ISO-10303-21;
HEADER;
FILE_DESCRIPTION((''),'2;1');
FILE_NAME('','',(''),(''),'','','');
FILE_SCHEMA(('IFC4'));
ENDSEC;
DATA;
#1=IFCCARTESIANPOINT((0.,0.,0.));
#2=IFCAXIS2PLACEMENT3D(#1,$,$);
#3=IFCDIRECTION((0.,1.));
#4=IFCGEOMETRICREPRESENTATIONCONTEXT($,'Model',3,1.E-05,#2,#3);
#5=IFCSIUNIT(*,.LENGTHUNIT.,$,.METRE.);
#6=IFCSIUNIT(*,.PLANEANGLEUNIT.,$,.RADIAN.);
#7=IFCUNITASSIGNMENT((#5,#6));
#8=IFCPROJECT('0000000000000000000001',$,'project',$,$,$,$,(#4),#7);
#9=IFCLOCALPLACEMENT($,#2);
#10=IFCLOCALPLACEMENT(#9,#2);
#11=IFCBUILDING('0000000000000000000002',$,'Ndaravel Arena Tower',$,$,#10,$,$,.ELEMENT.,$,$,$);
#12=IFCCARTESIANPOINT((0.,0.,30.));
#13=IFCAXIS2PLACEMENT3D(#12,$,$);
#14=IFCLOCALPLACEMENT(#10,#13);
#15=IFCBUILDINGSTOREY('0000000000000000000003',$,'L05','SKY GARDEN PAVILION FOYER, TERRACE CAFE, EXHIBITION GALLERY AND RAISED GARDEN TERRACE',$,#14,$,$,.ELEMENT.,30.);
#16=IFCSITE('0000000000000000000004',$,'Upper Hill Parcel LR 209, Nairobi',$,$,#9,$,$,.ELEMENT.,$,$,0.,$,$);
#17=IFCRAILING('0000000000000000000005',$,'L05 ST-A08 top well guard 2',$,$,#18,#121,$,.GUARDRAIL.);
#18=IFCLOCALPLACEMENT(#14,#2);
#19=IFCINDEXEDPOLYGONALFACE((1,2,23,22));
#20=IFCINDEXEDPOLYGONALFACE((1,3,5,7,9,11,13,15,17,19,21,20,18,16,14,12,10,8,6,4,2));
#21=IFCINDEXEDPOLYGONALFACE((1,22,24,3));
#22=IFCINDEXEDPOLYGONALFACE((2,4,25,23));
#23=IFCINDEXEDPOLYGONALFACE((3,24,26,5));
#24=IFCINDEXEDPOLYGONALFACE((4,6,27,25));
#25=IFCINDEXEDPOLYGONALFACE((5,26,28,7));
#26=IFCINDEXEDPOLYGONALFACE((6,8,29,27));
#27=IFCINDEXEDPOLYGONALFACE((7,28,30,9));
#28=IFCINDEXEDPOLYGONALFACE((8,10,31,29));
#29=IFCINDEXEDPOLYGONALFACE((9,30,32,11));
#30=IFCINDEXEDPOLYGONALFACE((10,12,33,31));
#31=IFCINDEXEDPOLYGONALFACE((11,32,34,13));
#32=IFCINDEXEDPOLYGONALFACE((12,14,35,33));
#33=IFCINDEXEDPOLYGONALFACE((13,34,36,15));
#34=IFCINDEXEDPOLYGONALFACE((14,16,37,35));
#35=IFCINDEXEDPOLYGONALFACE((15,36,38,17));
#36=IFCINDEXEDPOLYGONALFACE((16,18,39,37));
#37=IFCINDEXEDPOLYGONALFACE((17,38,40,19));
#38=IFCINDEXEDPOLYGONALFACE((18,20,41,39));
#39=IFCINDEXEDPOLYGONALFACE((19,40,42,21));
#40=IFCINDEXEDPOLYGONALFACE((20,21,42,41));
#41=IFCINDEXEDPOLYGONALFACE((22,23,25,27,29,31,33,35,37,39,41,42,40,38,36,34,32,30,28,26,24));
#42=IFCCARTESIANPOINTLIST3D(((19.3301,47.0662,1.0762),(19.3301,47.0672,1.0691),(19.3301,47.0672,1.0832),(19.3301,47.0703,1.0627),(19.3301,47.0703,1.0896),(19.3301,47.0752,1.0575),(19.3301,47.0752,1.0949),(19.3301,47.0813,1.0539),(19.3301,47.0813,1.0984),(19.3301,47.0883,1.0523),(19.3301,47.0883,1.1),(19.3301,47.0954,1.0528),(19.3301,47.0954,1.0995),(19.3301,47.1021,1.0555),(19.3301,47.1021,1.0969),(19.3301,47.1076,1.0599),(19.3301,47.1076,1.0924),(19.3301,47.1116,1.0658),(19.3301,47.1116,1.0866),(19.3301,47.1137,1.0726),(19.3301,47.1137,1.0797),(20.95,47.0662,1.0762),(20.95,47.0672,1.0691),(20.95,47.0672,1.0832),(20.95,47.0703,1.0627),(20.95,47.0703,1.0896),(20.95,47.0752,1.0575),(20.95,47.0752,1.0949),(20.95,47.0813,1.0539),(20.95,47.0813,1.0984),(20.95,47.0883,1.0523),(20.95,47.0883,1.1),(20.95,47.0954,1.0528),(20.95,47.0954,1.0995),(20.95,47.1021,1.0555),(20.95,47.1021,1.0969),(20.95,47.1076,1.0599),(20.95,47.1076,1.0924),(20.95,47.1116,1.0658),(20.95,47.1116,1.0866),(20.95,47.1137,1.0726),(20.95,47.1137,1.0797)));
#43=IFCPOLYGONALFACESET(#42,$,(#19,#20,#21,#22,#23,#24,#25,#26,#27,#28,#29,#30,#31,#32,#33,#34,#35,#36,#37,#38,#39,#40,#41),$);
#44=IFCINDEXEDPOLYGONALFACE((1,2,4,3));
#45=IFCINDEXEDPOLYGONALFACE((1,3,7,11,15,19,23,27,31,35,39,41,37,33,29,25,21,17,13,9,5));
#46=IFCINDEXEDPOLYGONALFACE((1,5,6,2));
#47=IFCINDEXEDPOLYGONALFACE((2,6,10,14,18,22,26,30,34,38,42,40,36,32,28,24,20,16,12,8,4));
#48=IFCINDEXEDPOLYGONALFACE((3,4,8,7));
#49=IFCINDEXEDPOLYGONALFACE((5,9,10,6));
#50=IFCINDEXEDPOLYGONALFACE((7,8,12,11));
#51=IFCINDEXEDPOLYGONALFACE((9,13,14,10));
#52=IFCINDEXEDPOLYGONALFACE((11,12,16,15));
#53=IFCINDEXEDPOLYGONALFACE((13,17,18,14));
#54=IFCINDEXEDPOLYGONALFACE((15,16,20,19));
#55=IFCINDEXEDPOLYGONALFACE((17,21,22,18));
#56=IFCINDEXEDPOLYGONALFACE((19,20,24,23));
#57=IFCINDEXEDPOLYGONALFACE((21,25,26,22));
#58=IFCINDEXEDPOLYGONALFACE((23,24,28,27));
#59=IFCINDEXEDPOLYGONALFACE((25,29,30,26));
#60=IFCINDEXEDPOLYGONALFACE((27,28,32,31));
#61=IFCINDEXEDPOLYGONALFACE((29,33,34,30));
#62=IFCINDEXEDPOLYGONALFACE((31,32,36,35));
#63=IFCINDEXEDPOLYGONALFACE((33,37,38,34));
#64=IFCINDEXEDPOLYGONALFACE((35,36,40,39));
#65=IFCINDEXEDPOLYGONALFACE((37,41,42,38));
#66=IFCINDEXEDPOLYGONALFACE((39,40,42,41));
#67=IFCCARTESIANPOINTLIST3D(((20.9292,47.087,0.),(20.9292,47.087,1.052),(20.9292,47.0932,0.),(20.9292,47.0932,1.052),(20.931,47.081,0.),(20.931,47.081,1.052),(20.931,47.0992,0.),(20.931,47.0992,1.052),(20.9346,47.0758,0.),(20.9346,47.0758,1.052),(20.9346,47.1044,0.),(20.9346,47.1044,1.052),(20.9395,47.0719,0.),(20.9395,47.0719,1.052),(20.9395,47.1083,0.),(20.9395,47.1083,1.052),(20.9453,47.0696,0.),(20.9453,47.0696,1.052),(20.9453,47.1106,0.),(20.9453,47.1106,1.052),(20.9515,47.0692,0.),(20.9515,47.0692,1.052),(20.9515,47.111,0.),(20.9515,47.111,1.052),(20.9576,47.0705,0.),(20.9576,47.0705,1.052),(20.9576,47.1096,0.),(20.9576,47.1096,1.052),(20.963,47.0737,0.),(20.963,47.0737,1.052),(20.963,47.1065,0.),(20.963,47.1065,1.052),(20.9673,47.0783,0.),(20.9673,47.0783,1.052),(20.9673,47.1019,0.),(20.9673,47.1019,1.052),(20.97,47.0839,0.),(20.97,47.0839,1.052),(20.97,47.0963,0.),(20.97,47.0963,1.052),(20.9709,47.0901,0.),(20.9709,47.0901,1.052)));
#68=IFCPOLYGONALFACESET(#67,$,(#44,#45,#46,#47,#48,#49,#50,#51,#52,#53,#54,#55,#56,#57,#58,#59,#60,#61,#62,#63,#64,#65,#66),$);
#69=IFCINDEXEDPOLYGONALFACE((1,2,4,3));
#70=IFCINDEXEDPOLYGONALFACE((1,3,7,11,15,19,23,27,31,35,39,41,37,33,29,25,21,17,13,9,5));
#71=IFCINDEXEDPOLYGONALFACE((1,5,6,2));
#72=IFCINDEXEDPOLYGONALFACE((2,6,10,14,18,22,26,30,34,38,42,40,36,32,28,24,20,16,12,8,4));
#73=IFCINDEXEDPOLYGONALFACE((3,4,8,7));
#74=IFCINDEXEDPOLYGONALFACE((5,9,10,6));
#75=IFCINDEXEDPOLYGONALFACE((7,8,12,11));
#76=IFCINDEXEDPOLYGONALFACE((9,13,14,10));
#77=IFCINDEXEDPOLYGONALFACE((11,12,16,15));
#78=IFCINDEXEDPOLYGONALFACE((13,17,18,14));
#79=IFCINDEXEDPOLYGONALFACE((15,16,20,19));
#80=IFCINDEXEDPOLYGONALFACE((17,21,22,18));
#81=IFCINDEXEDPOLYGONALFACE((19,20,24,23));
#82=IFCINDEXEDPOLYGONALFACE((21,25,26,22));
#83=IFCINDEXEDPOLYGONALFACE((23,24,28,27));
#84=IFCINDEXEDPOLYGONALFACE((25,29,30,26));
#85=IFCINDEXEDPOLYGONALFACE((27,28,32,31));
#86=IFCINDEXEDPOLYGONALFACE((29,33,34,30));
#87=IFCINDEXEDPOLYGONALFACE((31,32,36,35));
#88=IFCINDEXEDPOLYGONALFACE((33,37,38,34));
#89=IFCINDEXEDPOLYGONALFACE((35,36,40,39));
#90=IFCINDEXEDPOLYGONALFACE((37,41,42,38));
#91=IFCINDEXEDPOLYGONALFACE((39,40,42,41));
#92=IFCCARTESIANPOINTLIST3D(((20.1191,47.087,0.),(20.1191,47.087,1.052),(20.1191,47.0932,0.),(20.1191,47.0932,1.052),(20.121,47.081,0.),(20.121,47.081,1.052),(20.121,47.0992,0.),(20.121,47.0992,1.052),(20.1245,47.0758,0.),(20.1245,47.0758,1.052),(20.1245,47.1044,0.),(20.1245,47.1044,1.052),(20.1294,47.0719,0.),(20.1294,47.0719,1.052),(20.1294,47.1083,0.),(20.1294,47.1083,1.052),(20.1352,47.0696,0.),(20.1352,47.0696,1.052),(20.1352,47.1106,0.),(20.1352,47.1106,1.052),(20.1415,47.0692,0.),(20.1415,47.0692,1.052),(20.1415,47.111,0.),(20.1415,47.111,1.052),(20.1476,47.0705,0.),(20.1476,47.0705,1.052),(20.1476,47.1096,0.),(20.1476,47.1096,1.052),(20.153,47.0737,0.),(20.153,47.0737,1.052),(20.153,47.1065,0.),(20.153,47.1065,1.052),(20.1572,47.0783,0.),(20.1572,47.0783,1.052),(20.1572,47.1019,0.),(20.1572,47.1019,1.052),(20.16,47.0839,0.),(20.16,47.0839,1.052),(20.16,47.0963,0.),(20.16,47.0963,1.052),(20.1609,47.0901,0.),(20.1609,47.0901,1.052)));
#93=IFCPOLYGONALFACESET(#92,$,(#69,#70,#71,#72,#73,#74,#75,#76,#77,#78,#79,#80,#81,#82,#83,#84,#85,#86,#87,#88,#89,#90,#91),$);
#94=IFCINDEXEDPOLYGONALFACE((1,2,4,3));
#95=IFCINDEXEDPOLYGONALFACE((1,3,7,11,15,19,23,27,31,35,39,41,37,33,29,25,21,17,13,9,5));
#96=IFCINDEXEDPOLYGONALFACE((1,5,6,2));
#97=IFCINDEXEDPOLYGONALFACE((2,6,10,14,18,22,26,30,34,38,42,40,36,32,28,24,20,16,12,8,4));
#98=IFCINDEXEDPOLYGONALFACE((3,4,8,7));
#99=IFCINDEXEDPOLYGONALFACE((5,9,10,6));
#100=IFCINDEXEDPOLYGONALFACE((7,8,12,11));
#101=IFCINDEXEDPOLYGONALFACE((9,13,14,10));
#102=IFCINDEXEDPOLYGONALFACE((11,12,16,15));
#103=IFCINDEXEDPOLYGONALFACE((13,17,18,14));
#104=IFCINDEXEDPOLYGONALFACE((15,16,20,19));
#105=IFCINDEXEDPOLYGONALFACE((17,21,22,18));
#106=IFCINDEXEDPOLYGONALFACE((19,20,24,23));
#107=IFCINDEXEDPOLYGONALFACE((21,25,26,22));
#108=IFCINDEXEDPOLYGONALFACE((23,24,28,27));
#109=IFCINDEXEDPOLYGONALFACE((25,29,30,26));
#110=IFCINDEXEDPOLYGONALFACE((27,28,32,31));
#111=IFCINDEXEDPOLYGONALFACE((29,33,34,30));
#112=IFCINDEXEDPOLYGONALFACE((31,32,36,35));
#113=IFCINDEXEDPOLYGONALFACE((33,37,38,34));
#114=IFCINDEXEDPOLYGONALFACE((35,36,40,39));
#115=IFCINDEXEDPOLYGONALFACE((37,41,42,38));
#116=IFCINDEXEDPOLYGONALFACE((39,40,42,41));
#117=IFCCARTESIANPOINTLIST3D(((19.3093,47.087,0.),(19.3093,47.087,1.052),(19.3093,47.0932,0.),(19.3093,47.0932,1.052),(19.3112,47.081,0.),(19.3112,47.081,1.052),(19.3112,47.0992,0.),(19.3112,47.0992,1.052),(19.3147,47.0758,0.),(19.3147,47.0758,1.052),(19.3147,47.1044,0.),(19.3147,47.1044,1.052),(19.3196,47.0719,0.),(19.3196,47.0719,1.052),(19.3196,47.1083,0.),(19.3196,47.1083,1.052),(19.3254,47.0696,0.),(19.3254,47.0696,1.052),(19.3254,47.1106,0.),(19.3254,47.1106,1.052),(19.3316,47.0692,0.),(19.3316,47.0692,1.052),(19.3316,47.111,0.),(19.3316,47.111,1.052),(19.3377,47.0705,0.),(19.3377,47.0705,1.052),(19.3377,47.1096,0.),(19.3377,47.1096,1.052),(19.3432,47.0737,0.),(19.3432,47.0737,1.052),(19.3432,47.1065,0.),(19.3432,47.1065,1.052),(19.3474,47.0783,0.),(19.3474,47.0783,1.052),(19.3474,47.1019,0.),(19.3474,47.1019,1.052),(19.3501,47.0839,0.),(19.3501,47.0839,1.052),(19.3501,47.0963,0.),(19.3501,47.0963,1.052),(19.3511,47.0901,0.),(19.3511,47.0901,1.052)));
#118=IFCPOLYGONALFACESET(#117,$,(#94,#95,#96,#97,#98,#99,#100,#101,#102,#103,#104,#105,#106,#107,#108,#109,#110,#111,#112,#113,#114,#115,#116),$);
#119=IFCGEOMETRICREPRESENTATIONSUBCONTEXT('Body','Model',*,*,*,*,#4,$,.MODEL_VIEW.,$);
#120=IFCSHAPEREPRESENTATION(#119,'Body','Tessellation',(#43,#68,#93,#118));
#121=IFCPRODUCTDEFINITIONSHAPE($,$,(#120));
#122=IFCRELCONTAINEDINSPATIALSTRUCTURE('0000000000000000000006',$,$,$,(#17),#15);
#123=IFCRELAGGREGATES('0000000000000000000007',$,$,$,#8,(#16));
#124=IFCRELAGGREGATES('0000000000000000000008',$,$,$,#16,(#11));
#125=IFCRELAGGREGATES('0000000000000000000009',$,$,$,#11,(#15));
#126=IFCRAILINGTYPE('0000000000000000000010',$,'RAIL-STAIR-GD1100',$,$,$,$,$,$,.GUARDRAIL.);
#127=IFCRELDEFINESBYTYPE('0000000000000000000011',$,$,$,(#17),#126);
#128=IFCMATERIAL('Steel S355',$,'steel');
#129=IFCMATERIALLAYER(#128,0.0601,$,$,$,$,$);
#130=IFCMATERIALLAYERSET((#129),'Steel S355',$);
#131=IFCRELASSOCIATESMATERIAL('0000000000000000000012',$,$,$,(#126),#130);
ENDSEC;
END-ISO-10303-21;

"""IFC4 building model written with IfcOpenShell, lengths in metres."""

from ifc_helpers import new_model, si_unit, direction, frame, origin, origin_2d, place, context, subcontext, project, spatial, circle, extrude, material, layer, layer_set, type_object, element, save


model = new_model("IFC4")

# Units and contexts
model_context = context("Model", 3, precision=1e-05, world=origin(), true_north=direction((0.0, 1.0)))
body_context = subcontext(model_context, "Body", "Model", "MODEL_VIEW")
ifc_project = project(units=[si_unit("LENGTHUNIT", "METRE"), si_unit("PLANEANGLEUNIT", "RADIAN")], contexts=[model_context])

# Site, building, storey
site_placement = place(None, origin())
site = spatial("IfcSite", under=ifc_project, at=site_placement, Name="Upper Hill Parcel LR 209, Nairobi", CompositionType="ELEMENT", RefElevation=0.0)
building_placement = place(site_placement, origin())
building = spatial("IfcBuilding", under=site, at=building_placement, Name="Ndaravel Arena Tower", CompositionType="ELEMENT")
storey_placement = place(building_placement, frame((0.0, 0.0, 30.0)))
storey = spatial("IfcBuildingStorey", under=building, at=storey_placement, Name="L05", Description="SKY GARDEN PAVILION FOYER, TERRACE CAFE, EXHIBITION GALLERY AND RAISED GARDEN TERRACE", CompositionType="ELEMENT", Elevation=30.0)

# Railing
ifc_material_1 = material(Name="Steel S355", Category="steel")
ifc_layer_1 = layer(ifc_material_1, 0.0601)
ifc_layer_set_1 = layer_set([ifc_layer_1], Name="Steel S355")
railing_type_1 = type_object("IfcRailingType", Name="RAIL-STAIR-GD1100", PredefinedType="GUARDRAIL", material=ifc_layer_set_1)
for number, where, name in (
    (1, (20.95, 47.0901, 0.0), "L05 ST-A08 top well guard 2"),
):
    element("IfcRailing", number, at=place(storey_placement, frame(where)), inside=storey, type_object=railing_type_1, Name=name, PredefinedType="GUARDRAIL", context=body_context, shape_type="SweptSolid", body=[
        extrude(circle(Radius=0.0239, at=origin_2d()), frame((0.0, 0.0, 1.0762), z_axis=(-1.0, 0.0, 0.0), x_axis=(0.0, -1.0, 0.0)), (0.0, 0.0, 1.0), 1.6199),
        extrude(circle(Radius=0.021, at=origin_2d()), origin(), (0.0, 0.0, 1.0), 1.052),
        extrude(circle(Radius=0.021, at=origin_2d()), frame((-0.8101, 0.0, 0.0)), (0.0, 0.0, 1.0), 1.052),
        extrude(circle(Radius=0.021, at=origin_2d()), frame((-1.6199, 0.0, 0.0)), (0.0, 0.0, 1.0), 1.052),
    ])

save(model, "model.ifc")
